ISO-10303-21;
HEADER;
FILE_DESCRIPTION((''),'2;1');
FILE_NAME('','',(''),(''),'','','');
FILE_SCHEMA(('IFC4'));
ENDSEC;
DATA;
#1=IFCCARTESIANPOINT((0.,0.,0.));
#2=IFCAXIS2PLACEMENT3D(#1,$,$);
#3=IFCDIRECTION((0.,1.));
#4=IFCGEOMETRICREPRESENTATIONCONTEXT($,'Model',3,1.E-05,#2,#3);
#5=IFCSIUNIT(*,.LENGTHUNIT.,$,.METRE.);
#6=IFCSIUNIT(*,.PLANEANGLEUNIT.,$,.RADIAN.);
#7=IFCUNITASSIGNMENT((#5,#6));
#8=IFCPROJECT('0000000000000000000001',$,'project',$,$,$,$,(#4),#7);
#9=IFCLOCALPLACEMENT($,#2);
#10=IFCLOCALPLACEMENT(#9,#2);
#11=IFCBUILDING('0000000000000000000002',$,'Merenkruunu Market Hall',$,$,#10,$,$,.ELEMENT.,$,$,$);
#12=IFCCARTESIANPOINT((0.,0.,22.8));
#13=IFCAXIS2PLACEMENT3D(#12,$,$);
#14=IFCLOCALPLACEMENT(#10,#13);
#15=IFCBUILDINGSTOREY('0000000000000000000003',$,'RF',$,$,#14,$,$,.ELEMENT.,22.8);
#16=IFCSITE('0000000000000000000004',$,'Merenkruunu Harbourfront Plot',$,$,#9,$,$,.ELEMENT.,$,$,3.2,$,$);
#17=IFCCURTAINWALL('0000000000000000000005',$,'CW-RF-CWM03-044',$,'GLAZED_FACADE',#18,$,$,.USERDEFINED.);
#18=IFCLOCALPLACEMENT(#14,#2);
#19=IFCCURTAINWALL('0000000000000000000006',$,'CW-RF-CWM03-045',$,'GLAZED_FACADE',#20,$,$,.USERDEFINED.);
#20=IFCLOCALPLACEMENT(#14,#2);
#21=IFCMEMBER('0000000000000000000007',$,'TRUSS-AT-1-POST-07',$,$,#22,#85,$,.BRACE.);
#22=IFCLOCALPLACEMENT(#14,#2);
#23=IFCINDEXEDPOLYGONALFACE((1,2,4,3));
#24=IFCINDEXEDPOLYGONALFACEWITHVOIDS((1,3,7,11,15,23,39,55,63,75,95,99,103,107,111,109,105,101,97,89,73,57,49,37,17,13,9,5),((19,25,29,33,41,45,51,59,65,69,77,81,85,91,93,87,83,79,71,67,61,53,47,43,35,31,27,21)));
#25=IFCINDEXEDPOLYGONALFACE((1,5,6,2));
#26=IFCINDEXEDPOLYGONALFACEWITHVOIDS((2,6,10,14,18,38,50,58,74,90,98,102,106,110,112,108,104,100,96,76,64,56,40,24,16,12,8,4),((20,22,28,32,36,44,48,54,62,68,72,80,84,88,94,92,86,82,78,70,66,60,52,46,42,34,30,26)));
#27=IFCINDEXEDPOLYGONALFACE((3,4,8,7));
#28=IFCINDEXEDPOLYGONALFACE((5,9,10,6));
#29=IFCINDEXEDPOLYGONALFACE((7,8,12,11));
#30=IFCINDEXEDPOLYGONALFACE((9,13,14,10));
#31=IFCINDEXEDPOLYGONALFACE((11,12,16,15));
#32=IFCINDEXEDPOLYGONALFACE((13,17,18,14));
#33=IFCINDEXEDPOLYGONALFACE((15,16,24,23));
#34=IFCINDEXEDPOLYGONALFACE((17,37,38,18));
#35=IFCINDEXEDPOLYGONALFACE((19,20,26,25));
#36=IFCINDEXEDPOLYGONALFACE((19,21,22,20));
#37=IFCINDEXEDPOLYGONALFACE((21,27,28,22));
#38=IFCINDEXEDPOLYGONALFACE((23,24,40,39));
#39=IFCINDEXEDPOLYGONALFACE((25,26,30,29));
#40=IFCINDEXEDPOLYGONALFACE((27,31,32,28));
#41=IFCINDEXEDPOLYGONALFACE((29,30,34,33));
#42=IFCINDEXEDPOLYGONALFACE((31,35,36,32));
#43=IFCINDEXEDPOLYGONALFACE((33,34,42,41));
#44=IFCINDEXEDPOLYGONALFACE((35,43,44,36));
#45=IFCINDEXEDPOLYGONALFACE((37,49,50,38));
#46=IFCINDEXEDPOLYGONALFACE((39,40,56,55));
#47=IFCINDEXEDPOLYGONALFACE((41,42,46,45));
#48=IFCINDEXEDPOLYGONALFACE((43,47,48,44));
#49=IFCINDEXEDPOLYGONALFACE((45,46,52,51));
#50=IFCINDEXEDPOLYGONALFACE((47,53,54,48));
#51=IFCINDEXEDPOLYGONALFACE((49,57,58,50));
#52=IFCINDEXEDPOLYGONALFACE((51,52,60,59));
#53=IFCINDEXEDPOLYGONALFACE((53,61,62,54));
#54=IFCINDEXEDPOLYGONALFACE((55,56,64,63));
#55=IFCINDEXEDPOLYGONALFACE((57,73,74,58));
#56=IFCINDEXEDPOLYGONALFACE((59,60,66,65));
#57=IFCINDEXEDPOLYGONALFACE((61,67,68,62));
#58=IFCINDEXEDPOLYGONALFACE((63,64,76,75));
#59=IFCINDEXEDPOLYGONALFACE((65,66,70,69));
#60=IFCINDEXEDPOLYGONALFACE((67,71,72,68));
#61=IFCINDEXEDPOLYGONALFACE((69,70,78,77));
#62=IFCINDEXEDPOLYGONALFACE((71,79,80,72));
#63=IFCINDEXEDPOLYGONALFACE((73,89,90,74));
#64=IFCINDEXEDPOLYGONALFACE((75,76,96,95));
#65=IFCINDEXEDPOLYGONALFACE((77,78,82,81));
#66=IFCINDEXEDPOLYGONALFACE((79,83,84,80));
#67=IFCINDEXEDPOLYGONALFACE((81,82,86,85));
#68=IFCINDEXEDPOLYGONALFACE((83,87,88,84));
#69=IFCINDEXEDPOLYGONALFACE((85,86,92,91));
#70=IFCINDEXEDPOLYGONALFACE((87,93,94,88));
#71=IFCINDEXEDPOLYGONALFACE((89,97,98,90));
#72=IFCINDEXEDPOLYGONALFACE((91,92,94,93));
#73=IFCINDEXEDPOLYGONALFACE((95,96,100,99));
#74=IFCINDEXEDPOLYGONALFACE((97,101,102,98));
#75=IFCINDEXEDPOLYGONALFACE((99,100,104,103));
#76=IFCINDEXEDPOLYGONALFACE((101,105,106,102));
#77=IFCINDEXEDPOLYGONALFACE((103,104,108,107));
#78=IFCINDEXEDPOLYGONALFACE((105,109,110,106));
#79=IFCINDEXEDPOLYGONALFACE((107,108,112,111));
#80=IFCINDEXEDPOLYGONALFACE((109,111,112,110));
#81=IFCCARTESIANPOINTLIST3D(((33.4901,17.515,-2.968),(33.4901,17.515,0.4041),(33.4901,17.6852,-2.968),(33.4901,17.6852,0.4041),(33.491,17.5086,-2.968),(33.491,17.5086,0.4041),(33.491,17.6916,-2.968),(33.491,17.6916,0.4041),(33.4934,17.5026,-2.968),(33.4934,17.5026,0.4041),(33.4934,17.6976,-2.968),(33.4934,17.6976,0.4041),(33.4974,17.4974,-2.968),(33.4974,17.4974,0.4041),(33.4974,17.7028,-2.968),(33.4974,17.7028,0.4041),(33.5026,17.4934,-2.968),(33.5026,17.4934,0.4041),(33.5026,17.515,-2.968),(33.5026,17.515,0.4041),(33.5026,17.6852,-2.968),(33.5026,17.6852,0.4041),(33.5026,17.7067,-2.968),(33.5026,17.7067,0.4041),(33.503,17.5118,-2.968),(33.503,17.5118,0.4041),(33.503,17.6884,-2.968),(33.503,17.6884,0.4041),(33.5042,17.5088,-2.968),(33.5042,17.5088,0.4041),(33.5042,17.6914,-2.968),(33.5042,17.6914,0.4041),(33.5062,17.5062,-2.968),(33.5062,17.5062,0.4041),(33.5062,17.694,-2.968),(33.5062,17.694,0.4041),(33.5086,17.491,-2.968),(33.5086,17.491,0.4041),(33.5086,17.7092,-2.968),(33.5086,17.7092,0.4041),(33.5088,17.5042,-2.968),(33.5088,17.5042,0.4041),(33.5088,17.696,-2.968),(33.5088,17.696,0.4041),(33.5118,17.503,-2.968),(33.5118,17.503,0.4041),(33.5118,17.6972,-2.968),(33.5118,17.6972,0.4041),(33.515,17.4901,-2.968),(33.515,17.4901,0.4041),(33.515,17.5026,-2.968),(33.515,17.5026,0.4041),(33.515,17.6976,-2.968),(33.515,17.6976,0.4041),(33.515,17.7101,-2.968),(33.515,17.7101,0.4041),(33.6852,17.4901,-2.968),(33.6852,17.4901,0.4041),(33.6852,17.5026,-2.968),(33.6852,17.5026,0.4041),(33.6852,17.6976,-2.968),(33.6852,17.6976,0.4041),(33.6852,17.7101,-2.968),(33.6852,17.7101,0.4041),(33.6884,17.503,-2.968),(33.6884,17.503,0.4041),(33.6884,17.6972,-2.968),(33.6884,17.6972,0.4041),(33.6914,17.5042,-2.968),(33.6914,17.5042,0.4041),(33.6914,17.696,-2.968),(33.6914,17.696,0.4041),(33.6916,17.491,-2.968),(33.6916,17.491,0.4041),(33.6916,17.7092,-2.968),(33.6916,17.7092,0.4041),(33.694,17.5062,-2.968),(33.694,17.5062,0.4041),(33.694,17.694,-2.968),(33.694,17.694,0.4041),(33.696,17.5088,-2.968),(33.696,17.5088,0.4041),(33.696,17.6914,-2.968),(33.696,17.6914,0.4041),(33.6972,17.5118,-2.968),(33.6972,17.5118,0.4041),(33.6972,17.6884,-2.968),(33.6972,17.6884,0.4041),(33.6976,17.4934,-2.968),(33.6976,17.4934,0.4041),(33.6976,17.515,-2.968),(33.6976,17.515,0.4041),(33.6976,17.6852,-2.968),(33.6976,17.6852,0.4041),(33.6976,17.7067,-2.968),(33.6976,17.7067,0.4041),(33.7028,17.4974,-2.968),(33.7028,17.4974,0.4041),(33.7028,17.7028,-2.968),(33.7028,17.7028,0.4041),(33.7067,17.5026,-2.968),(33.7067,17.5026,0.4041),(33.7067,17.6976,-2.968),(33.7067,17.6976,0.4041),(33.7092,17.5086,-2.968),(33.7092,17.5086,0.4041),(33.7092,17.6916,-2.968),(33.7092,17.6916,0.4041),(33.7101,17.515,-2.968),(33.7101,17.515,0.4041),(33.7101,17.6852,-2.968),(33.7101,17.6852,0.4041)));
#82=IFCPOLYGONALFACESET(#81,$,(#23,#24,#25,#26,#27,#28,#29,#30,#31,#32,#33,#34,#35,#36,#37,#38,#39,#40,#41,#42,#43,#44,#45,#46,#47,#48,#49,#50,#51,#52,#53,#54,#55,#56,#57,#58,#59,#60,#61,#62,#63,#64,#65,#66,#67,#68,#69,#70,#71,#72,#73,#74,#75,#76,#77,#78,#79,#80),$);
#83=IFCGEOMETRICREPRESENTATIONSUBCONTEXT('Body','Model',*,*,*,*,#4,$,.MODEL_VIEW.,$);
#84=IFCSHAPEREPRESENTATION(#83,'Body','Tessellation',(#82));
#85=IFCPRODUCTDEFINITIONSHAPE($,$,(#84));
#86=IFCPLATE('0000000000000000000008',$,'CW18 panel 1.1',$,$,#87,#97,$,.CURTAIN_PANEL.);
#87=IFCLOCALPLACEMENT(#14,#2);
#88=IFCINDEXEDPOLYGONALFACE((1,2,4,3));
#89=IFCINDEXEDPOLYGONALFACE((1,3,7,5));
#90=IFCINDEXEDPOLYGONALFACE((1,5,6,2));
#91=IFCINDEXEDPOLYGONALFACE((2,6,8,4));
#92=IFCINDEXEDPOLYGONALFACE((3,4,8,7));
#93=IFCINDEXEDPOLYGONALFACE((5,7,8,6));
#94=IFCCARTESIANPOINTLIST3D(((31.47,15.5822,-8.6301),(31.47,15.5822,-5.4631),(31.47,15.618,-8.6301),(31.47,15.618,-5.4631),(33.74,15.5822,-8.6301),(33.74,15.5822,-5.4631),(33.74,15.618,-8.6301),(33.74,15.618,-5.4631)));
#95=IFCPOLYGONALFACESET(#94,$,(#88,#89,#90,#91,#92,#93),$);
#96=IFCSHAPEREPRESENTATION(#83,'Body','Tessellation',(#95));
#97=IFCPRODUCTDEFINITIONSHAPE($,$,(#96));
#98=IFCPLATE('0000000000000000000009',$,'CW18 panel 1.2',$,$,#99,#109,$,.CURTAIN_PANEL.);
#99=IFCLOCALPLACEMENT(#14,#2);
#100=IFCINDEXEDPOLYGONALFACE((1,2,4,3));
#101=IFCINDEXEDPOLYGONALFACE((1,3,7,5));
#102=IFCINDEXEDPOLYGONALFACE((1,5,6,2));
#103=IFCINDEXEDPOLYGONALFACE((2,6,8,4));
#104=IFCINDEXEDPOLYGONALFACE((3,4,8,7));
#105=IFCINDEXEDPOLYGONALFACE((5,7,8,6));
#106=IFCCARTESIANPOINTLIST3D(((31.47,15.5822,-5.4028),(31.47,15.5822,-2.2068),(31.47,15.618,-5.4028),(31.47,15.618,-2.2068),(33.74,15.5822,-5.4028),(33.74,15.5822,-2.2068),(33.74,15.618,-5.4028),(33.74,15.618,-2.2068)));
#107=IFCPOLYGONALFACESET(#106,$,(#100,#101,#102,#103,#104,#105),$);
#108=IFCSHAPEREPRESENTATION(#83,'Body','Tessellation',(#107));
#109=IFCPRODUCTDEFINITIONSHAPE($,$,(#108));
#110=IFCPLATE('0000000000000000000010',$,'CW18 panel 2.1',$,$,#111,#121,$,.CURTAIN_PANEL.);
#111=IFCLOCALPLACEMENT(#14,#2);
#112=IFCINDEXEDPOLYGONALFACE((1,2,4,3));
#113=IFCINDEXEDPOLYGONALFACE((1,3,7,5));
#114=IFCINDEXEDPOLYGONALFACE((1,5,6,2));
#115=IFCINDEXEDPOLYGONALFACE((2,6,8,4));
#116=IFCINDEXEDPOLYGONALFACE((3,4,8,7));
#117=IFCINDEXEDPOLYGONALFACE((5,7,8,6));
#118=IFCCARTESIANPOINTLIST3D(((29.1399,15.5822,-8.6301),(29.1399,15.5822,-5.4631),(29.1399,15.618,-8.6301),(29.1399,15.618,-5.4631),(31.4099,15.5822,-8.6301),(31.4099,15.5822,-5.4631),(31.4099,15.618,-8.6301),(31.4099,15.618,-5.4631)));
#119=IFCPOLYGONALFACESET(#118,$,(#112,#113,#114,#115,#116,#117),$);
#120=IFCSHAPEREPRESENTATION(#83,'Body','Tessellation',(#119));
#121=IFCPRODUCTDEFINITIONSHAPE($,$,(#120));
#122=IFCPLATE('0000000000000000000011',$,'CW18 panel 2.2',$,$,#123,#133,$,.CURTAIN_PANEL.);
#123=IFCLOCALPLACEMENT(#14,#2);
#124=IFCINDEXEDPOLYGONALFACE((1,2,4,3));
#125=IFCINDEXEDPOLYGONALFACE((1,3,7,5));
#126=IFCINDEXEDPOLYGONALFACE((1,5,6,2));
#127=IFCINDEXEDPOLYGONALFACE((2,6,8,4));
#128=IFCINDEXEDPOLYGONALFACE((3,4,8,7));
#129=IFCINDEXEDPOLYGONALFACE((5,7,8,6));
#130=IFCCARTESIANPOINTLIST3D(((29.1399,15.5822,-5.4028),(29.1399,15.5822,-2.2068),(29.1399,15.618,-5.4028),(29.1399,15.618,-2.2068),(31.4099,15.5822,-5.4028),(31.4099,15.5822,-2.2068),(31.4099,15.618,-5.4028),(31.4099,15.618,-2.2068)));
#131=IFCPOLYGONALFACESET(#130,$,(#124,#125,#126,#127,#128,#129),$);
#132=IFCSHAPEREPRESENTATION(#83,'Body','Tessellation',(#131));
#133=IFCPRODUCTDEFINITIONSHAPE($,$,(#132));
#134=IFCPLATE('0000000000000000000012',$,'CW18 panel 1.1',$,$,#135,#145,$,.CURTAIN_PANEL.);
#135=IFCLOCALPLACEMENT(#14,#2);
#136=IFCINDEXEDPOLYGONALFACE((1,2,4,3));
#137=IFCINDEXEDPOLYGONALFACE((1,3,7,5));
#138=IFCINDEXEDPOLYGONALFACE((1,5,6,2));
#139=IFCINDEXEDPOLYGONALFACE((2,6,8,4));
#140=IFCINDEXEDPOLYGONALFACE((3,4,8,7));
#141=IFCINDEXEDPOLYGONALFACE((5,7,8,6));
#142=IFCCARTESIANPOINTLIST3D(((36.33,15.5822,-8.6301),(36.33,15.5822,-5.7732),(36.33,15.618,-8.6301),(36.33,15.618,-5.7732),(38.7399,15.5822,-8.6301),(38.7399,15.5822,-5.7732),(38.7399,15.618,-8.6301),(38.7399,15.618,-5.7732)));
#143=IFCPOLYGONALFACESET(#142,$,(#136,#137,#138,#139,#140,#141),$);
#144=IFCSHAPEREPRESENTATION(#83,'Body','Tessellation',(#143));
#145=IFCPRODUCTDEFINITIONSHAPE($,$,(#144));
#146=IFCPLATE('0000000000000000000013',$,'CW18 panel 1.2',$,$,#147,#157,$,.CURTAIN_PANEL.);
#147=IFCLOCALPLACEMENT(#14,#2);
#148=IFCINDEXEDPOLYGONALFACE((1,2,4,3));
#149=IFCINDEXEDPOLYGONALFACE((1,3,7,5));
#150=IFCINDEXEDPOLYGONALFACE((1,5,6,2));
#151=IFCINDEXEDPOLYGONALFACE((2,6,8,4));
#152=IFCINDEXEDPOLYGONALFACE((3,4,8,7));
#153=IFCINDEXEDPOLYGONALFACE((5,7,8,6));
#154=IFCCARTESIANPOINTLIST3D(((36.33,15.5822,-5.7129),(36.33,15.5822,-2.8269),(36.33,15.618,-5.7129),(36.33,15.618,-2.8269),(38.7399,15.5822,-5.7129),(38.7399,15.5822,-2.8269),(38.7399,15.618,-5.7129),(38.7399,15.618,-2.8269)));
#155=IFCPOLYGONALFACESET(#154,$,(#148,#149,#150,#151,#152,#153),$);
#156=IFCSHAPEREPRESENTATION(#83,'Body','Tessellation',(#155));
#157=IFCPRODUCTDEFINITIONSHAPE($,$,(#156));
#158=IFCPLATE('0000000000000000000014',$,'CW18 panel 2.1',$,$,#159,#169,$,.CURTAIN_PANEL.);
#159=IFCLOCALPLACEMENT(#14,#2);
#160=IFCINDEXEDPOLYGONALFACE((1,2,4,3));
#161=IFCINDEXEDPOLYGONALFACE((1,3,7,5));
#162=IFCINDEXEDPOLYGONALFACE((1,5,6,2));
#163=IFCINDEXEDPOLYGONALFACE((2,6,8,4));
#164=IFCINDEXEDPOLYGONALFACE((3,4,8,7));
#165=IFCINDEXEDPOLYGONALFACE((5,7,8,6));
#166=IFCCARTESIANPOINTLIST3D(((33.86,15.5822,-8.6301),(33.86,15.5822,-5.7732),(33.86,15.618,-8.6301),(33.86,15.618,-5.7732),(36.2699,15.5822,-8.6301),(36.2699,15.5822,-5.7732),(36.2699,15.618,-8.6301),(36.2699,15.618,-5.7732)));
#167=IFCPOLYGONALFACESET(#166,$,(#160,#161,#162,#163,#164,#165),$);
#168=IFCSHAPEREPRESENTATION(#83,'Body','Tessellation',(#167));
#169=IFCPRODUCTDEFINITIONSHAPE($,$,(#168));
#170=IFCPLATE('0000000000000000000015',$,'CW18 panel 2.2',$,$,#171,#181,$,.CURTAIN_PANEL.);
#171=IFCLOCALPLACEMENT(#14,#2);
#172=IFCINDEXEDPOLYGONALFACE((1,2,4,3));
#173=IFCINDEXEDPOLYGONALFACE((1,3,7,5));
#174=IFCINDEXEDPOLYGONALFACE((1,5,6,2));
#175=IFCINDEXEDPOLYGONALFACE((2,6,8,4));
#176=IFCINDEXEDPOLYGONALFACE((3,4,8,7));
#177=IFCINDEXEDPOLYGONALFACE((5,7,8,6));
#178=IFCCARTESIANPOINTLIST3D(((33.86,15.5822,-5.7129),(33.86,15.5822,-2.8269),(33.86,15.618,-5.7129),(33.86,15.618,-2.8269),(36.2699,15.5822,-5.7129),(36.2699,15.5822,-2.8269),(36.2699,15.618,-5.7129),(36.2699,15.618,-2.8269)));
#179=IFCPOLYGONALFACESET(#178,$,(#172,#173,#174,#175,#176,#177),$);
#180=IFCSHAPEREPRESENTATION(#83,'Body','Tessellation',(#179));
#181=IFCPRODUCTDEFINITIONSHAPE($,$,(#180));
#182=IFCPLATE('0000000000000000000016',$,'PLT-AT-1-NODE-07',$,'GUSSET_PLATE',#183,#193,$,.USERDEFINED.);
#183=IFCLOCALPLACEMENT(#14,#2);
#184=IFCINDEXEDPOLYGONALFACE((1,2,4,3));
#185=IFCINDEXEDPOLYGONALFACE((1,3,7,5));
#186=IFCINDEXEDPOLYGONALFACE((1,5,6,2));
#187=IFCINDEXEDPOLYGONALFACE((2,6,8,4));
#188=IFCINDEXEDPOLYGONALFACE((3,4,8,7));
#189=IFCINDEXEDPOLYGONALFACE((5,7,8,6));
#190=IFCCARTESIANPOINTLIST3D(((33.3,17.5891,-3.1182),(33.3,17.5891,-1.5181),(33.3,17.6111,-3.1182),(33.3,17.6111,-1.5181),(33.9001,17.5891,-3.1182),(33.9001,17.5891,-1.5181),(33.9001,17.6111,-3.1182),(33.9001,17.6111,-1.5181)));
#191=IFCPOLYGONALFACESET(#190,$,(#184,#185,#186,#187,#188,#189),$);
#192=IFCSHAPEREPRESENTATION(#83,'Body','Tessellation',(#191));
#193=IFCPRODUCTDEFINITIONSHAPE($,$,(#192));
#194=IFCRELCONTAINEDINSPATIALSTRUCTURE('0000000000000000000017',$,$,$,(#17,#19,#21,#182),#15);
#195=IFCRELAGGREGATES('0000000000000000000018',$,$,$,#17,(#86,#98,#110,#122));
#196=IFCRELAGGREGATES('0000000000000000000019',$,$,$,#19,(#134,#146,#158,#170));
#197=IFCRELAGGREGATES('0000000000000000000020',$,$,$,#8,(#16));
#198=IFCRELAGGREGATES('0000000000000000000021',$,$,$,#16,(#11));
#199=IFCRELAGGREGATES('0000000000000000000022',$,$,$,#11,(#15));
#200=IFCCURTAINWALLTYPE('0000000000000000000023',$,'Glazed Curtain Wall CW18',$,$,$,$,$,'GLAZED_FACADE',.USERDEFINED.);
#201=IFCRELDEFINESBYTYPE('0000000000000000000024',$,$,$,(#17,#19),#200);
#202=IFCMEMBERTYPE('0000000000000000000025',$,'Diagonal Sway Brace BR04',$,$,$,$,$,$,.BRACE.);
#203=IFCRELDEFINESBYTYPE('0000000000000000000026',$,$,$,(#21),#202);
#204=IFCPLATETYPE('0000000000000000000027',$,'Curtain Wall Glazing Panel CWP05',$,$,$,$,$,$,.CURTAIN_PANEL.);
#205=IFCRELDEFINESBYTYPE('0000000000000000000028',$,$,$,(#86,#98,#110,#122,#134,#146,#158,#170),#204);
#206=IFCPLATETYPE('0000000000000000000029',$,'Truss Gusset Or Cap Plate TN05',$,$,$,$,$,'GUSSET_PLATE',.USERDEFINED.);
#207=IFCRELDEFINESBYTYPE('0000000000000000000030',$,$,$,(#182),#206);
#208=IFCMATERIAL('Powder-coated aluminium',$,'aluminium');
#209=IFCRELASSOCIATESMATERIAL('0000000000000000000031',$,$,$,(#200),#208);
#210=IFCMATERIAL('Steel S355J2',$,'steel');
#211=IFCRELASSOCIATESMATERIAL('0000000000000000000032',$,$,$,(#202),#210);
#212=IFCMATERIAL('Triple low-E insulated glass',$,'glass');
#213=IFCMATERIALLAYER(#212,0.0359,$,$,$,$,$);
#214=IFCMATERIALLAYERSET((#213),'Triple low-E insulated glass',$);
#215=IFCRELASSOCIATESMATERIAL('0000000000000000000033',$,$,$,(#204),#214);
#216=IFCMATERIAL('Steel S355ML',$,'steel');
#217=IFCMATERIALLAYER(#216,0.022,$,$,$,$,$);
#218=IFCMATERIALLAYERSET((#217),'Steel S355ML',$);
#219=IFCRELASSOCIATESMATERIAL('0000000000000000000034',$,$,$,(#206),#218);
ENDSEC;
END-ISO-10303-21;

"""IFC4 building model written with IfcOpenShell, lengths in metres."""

from ifc_helpers import new_model, si_unit, direction, frame, origin, origin_2d, place, context, subcontext, project, spatial, rectangle, hollow_rectangle, extrude, material, layer, layer_set, material_profile, profile_set, type_object, element, aggregate, save


model = new_model("IFC4")

# Units and contexts
model_context = context("Model", 3, precision=1e-05, world=origin(), true_north=direction((0.0, 1.0)))
body_context = subcontext(model_context, "Body", "Model", "MODEL_VIEW")
ifc_project = project(units=[si_unit("LENGTHUNIT", "METRE"), si_unit("PLANEANGLEUNIT", "RADIAN")], contexts=[model_context])

# Site, building, storey
site_placement = place(None, origin())
site = spatial("IfcSite", under=ifc_project, at=site_placement, Name="Merenkruunu Harbourfront Plot", CompositionType="ELEMENT", RefElevation=3.2)
building_placement = place(site_placement, origin())
building = spatial("IfcBuilding", under=site, at=building_placement, Name="Merenkruunu Market Hall", CompositionType="ELEMENT")
storey_placement = place(building_placement, frame((0.0, 0.0, 22.8)))
storey = spatial("IfcBuildingStorey", under=building, at=storey_placement, Name="RF", CompositionType="ELEMENT", Elevation=22.8)

# Shared definitions
ifc_material_1 = material(Name="Steel S355ML", Category="steel")

# Curtain walls
ifc_material_2 = material(Name="Powder-coated aluminium", Category="aluminium")
curtain_wall_type = type_object("IfcCurtainWallType", Name="Glazed Curtain Wall CW18", ElementType="GLAZED_FACADE", PredefinedType="USERDEFINED", material=ifc_material_2)
curtain_wall_1_placement = place(storey_placement, origin())
curtain_wall_1 = element("IfcCurtainWall", 1, at=curtain_wall_1_placement, inside=storey, type_object=curtain_wall_type, Name="CW-RF-CWM03-044", ObjectType="GLAZED_FACADE", PredefinedType="USERDEFINED")
curtain_wall_2_placement = place(storey_placement, origin())
curtain_wall_2 = element("IfcCurtainWall", 2, at=curtain_wall_2_placement, inside=storey, type_object=curtain_wall_type, Name="CW-RF-CWM03-045", ObjectType="GLAZED_FACADE", PredefinedType="USERDEFINED")

# Member
ifc_material_3 = material(Name="Steel S355J2", Category="steel")
ifc_material_profile_1 = material_profile(ifc_material_3, hollow_rectangle(XDim=0.22, YDim=0.22, WallThickness=0.0125, InnerFilletRadius=0.0125, OuterFilletRadius=0.0249, at=origin_2d()), Name="SHS 220x220x12.5")
ifc_profile_set_1 = profile_set([ifc_material_profile_1], Name="Steel S355J2")
member_type_1 = type_object("IfcMemberType", Name="Diagonal Sway Brace BR04", PredefinedType="BRACE", material=ifc_profile_set_1)
member_1_placement = place(storey_placement, frame((33.6001, 17.6001, -2.968), z_axis=(0.0, 0.0, 1.0), x_axis=(1.0, 0.0, 0.0)))
element("IfcMember", 3, at=member_1_placement, inside=storey, type_object=member_type_1, Name="TRUSS-AT-1-POST-07", PredefinedType="BRACE", context=body_context, shape_type="SweptSolid", body=[
    extrude(hollow_rectangle(XDim=0.22, YDim=0.22, WallThickness=0.0125, InnerFilletRadius=0.0125, OuterFilletRadius=0.0249, at=origin_2d()), origin(), (0.0, 0.0, 1.0), 3.3721),
])

# Plates
ifc_material_4 = material(Name="Triple low-E insulated glass", Category="glass")
ifc_layer_1 = layer(ifc_material_4, 0.0359)
ifc_layer_set_1 = layer_set([ifc_layer_1], Name="Triple low-E insulated glass")
plate_type_1 = type_object("IfcPlateType", Name="Curtain Wall Glazing Panel CWP05", PredefinedType="CURTAIN_PANEL", material=ifc_layer_set_1)
plate_1_placement = place(storey_placement, frame((32.605, 15.6001, -8.6301), z_axis=(0.0, 0.0, 1.0), x_axis=(-1.0, 0.0, 0.0)))
plate_1 = element("IfcPlate", 4, at=plate_1_placement, type_object=plate_type_1, Name="CW18 panel 1.1", PredefinedType="CURTAIN_PANEL", context=body_context, shape_type="SweptSolid", body=[
    extrude(rectangle(XDim=2.27, YDim=0.0359, at=origin_2d()), origin(), (0.0, 0.0, 1.0), 3.167),
])
plate_2_placement = place(storey_placement, frame((32.605, 15.6001, -5.4028), z_axis=(0.0, 0.0, 1.0), x_axis=(-1.0, 0.0, 0.0)))
plate_2 = element("IfcPlate", 5, at=plate_2_placement, type_object=plate_type_1, Name="CW18 panel 1.2", PredefinedType="CURTAIN_PANEL", context=body_context, shape_type="SweptSolid", body=[
    extrude(rectangle(XDim=2.27, YDim=0.0359, at=origin_2d()), origin(), (0.0, 0.0, 1.0), 3.196),
])
plate_3_placement = place(storey_placement, frame((30.2749, 15.6001, -8.6301), z_axis=(0.0, 0.0, 1.0), x_axis=(-1.0, 0.0, 0.0)))
plate_3 = element("IfcPlate", 6, at=plate_3_placement, type_object=plate_type_1, Name="CW18 panel 2.1", PredefinedType="CURTAIN_PANEL", context=body_context, shape_type="SweptSolid", body=[
    extrude(rectangle(XDim=2.27, YDim=0.0359, at=origin_2d()), origin(), (0.0, 0.0, 1.0), 3.167),
])
plate_4_placement = place(storey_placement, frame((30.2749, 15.6001, -5.4028), z_axis=(0.0, 0.0, 1.0), x_axis=(-1.0, 0.0, 0.0)))
plate_4 = element("IfcPlate", 7, at=plate_4_placement, type_object=plate_type_1, Name="CW18 panel 2.2", PredefinedType="CURTAIN_PANEL", context=body_context, shape_type="SweptSolid", body=[
    extrude(rectangle(XDim=2.27, YDim=0.0359, at=origin_2d()), origin(), (0.0, 0.0, 1.0), 3.196),
])
aggregate(curtain_wall_1, [plate_1, plate_2, plate_3, plate_4])
plate_5_placement = place(storey_placement, frame((37.5349, 15.6001, -8.6301), z_axis=(0.0, 0.0, 1.0), x_axis=(-1.0, 0.0, 0.0)))
plate_5 = element("IfcPlate", 8, at=plate_5_placement, type_object=plate_type_1, Name="CW18 panel 1.1", PredefinedType="CURTAIN_PANEL", context=body_context, shape_type="SweptSolid", body=[
    extrude(rectangle(XDim=2.4099, YDim=0.0359, at=origin_2d()), origin(), (0.0, 0.0, 1.0), 2.8569),
])
plate_6_placement = place(storey_placement, frame((37.5349, 15.6001, -5.7129), z_axis=(0.0, 0.0, 1.0), x_axis=(-1.0, 0.0, 0.0)))
plate_6 = element("IfcPlate", 9, at=plate_6_placement, type_object=plate_type_1, Name="CW18 panel 1.2", PredefinedType="CURTAIN_PANEL", context=body_context, shape_type="SweptSolid", body=[
    extrude(rectangle(XDim=2.4099, YDim=0.0359, at=origin_2d()), origin(), (0.0, 0.0, 1.0), 2.886),
])
plate_7_placement = place(storey_placement, frame((35.0649, 15.6001, -8.6301), z_axis=(0.0, 0.0, 1.0), x_axis=(-1.0, 0.0, 0.0)))
plate_7 = element("IfcPlate", 10, at=plate_7_placement, type_object=plate_type_1, Name="CW18 panel 2.1", PredefinedType="CURTAIN_PANEL", context=body_context, shape_type="SweptSolid", body=[
    extrude(rectangle(XDim=2.4099, YDim=0.0359, at=origin_2d()), origin(), (0.0, 0.0, 1.0), 2.8569),
])
plate_8_placement = place(storey_placement, frame((35.0649, 15.6001, -5.7129), z_axis=(0.0, 0.0, 1.0), x_axis=(-1.0, 0.0, 0.0)))
plate_8 = element("IfcPlate", 11, at=plate_8_placement, type_object=plate_type_1, Name="CW18 panel 2.2", PredefinedType="CURTAIN_PANEL", context=body_context, shape_type="SweptSolid", body=[
    extrude(rectangle(XDim=2.4099, YDim=0.0359, at=origin_2d()), origin(), (0.0, 0.0, 1.0), 2.886),
])
aggregate(curtain_wall_2, [plate_5, plate_6, plate_7, plate_8])
ifc_layer_2 = layer(ifc_material_1, 0.022)
ifc_layer_set_2 = layer_set([ifc_layer_2], Name="Steel S355ML")
plate_type_2 = type_object("IfcPlateType", Name="Truss Gusset Or Cap Plate TN05", ElementType="GUSSET_PLATE", PredefinedType="USERDEFINED", material=ifc_layer_set_2)
plate_9_placement = place(storey_placement, frame((33.6001, 17.6001, -3.1182), z_axis=(0.0, 0.0, 1.0), x_axis=(1.0, 0.0, 0.0)))
element("IfcPlate", 12, at=plate_9_placement, inside=storey, type_object=plate_type_2, Name="PLT-AT-1-NODE-07", ObjectType="GUSSET_PLATE", PredefinedType="USERDEFINED", context=body_context, shape_type="SweptSolid", body=[
    extrude(rectangle(XDim=0.6001, YDim=0.022, at=origin_2d()), origin(), (0.0, 0.0, 1.0), 1.6001),
])

save(model, "model.ifc")
